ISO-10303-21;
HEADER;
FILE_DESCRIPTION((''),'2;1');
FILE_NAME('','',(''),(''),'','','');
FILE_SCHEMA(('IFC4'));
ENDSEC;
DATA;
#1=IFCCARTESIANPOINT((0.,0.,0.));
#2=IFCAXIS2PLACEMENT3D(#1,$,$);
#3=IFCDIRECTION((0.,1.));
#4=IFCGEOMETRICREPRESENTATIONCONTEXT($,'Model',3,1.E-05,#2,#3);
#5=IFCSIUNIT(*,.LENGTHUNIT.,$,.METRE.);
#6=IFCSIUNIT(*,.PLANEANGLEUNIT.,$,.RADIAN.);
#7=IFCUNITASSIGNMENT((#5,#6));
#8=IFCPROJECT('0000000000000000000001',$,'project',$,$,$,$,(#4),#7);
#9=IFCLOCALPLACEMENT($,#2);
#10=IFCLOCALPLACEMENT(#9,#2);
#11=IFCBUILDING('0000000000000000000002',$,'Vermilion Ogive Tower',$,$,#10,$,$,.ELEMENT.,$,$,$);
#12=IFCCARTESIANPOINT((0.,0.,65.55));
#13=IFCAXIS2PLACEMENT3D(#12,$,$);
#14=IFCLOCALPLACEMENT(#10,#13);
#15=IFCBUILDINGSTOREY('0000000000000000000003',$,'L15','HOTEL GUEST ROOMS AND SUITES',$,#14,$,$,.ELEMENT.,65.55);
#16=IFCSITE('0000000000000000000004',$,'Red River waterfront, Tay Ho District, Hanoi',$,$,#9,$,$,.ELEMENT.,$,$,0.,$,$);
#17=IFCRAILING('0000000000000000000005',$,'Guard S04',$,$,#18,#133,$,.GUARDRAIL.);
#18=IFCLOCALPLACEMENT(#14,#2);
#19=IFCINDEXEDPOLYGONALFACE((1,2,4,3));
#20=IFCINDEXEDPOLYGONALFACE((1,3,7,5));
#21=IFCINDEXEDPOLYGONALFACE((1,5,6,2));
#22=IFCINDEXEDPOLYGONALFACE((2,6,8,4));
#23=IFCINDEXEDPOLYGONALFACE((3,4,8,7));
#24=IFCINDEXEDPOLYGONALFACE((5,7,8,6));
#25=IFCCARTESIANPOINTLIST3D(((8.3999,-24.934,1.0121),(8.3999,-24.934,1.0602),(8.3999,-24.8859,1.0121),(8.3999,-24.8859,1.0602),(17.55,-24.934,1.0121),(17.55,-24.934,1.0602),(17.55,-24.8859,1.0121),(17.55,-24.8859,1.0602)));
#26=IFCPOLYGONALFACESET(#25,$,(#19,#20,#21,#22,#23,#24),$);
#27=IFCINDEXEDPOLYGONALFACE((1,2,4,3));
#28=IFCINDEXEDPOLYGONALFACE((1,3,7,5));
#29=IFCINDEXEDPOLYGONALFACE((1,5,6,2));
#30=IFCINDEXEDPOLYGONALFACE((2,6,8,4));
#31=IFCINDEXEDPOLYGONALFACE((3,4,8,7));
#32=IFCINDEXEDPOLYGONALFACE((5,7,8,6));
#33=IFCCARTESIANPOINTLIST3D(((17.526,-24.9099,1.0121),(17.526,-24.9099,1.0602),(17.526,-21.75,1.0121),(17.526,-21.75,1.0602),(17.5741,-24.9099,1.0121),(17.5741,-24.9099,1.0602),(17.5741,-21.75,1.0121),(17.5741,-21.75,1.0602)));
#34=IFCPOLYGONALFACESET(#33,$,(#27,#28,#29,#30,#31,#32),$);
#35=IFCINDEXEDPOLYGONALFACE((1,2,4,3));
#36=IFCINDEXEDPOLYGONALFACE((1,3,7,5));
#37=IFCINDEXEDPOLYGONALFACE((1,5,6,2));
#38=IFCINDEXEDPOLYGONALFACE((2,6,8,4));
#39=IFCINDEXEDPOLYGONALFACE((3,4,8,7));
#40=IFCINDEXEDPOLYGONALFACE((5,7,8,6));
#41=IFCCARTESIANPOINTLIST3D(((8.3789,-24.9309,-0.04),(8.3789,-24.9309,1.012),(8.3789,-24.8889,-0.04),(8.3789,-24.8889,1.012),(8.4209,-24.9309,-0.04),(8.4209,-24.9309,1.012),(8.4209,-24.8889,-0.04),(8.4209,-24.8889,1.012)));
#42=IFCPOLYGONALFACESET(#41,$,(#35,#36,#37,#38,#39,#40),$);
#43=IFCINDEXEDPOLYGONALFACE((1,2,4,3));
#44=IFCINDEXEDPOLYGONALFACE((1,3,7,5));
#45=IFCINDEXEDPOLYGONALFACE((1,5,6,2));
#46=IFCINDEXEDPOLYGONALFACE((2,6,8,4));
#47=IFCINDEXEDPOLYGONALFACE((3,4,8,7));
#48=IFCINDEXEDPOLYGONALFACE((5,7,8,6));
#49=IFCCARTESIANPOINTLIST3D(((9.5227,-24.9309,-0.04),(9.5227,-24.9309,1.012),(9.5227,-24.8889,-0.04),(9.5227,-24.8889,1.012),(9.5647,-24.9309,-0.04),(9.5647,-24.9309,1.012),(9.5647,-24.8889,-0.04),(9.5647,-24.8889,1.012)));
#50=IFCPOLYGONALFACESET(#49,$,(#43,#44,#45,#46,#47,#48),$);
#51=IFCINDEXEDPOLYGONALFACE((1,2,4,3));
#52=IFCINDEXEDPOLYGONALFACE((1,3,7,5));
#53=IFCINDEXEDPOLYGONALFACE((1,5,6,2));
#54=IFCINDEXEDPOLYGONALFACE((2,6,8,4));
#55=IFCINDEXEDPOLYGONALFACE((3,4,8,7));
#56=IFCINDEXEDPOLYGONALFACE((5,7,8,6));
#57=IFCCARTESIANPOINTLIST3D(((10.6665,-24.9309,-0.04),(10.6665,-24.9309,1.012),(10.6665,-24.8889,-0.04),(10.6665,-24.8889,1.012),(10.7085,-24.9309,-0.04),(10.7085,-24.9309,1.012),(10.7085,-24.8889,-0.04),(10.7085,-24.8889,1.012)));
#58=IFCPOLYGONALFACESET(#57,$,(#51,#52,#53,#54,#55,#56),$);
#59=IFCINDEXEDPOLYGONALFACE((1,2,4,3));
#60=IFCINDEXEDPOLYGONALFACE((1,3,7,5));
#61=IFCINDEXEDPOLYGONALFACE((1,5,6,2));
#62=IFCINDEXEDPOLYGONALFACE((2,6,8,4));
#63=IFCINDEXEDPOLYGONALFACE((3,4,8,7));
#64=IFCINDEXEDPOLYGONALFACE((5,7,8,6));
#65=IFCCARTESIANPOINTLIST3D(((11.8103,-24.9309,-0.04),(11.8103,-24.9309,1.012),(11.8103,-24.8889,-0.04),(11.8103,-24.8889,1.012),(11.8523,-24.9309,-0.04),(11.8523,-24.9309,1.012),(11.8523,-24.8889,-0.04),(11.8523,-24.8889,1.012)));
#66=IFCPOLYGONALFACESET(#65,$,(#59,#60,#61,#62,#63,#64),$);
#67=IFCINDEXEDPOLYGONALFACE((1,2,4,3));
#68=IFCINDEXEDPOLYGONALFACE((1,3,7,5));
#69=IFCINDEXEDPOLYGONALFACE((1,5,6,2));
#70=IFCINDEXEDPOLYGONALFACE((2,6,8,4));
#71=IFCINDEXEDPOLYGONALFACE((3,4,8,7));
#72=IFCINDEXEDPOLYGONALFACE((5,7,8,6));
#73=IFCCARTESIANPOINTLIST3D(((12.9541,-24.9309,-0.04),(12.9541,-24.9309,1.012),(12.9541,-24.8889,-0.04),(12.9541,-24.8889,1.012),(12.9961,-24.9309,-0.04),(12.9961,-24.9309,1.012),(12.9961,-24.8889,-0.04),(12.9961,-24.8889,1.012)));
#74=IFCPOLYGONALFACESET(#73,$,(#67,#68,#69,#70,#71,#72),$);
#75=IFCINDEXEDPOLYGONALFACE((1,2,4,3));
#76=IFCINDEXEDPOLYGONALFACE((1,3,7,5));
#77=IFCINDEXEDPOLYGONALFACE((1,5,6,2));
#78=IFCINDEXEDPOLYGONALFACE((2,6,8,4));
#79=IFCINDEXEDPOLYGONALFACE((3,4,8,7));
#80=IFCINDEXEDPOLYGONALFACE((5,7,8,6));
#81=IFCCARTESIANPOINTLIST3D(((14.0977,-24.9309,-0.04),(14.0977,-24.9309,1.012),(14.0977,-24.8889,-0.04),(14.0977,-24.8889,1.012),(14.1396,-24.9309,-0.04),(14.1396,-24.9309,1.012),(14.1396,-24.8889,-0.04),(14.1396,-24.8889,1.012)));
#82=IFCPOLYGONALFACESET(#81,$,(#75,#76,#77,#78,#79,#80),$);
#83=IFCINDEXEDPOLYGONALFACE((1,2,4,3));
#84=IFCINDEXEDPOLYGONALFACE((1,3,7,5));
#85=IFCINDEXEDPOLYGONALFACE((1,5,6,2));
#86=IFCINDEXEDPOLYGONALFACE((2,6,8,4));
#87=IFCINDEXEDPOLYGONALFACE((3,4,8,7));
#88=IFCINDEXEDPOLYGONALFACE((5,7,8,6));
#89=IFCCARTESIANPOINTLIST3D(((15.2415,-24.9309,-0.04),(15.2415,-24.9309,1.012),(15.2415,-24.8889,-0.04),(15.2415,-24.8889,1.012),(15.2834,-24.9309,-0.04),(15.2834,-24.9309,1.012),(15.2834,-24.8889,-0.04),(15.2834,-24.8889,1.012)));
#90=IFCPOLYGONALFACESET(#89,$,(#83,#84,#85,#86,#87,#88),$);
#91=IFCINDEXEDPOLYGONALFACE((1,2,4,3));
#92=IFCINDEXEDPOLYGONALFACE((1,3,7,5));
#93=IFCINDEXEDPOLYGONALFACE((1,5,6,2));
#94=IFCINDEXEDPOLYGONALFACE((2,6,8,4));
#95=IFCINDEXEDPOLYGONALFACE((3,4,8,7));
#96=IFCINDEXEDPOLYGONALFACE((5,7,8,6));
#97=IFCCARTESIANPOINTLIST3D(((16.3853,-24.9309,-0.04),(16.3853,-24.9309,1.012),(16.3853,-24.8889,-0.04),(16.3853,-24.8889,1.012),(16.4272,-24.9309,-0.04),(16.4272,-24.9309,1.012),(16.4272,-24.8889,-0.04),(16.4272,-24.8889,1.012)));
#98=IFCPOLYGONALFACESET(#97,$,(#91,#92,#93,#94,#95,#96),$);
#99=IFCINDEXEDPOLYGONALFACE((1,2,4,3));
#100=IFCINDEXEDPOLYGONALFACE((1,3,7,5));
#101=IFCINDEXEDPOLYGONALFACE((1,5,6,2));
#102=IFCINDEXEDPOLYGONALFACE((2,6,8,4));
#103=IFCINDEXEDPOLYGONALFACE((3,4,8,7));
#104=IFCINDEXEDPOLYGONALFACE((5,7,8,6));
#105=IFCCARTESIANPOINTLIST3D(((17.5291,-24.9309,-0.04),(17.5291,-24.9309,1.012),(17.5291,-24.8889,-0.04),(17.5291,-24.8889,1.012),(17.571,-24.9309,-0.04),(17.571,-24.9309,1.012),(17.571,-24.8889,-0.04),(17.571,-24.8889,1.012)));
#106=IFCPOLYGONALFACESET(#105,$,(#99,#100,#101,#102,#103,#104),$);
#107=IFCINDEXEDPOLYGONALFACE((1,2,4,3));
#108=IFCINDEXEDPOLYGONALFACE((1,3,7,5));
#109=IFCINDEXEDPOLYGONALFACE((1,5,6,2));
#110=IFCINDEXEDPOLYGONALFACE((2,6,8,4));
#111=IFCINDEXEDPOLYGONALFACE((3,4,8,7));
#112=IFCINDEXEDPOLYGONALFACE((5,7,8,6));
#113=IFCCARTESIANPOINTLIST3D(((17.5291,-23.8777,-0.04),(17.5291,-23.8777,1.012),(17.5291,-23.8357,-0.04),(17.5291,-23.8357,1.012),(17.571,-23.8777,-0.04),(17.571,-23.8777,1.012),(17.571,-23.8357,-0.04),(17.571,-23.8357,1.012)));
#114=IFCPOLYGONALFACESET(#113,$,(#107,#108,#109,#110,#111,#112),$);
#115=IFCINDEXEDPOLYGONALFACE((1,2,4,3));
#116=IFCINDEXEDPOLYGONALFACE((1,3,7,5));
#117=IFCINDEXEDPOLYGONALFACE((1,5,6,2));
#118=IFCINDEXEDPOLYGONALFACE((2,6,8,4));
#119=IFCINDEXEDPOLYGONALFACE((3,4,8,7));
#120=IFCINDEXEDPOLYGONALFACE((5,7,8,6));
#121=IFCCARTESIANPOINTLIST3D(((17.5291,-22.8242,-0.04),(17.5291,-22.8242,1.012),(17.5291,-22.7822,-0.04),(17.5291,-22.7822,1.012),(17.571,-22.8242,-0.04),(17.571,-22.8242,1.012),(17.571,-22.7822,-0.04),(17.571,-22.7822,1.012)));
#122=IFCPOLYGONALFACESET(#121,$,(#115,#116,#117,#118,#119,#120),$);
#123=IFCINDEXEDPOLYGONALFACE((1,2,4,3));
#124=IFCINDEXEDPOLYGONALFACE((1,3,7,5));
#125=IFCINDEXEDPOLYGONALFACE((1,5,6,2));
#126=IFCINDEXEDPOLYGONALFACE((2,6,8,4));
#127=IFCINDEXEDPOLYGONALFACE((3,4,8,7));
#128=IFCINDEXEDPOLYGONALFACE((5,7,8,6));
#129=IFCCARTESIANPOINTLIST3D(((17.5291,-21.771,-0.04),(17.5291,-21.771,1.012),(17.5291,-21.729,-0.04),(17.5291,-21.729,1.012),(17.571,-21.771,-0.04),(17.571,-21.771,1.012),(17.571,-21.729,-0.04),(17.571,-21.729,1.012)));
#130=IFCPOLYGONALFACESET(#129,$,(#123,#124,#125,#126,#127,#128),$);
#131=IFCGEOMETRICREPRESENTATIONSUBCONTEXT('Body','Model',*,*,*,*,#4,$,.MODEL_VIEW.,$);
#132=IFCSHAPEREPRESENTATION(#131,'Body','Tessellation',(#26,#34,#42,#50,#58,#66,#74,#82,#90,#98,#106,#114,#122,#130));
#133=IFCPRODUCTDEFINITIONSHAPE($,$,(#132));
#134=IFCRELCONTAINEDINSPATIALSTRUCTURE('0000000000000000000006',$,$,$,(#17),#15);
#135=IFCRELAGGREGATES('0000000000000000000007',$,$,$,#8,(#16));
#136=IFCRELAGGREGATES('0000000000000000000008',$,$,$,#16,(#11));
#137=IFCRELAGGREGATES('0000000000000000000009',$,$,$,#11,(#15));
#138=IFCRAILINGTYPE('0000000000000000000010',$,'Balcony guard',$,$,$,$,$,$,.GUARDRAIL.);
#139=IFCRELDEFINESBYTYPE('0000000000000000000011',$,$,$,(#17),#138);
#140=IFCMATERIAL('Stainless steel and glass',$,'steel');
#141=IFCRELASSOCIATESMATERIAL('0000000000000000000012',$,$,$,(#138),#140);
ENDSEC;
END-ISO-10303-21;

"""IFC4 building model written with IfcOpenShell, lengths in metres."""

from ifc_helpers import new_model, si_unit, direction, frame, origin, origin_2d, place, context, subcontext, project, spatial, rectangle, extrude, material, type_object, element, save


model = new_model("IFC4")

# Units and contexts
model_context = context("Model", 3, precision=1e-05, world=origin(), true_north=direction((0.0, 1.0)))
body_context = subcontext(model_context, "Body", "Model", "MODEL_VIEW")
ifc_project = project(units=[si_unit("LENGTHUNIT", "METRE"), si_unit("PLANEANGLEUNIT", "RADIAN")], contexts=[model_context])

# Site, building, storey
site_placement = place(None, origin())
site = spatial("IfcSite", under=ifc_project, at=site_placement, Name="Red River waterfront, Tay Ho District, Hanoi", CompositionType="ELEMENT", RefElevation=0.0)
building_placement = place(site_placement, origin())
building = spatial("IfcBuilding", under=site, at=building_placement, Name="Vermilion Ogive Tower", CompositionType="ELEMENT")
storey_placement = place(building_placement, frame((0.0, 0.0, 65.55)))
storey = spatial("IfcBuildingStorey", under=building, at=storey_placement, Name="L15", Description="HOTEL GUEST ROOMS AND SUITES", CompositionType="ELEMENT", Elevation=65.55)

# Railing
ifc_material_1 = material(Name="Stainless steel and glass", Category="steel")
railing_type_1 = type_object("IfcRailingType", Name="Balcony guard", PredefinedType="GUARDRAIL", material=ifc_material_1)
railing_1_placement = place(storey_placement, frame((8.3999, -24.9099, -0.04)))
element("IfcRailing", 1, at=railing_1_placement, inside=storey, type_object=railing_type_1, Name="Guard S04", PredefinedType="GUARDRAIL", context=body_context, shape_type="SweptSolid", body=[
    extrude(rectangle(XDim=0.0481, YDim=0.0481, at=origin_2d()), frame((0.0, 0.0, 1.0762), z_axis=(1.0, 0.0, 0.0), x_axis=(0.0, 1.0, 0.0)), (0.0, 0.0, 1.0), 9.1501),
    extrude(rectangle(XDim=0.0481, YDim=0.0481, at=origin_2d()), frame((9.1501, 0.0, 1.0762), z_axis=(0.0, 1.0, 0.0), x_axis=(-1.0, 0.0, 0.0)), (0.0, 0.0, 1.0), 3.1599),
    extrude(rectangle(XDim=0.042, YDim=0.042, at=origin_2d()), origin(), (0.0, 0.0, 1.0), 1.052),
    extrude(rectangle(XDim=0.042, YDim=0.042, at=origin_2d()), frame((1.1438, 0.0, 0.0)), (0.0, 0.0, 1.0), 1.052),
    extrude(rectangle(XDim=0.042, YDim=0.042, at=origin_2d()), frame((2.2876, 0.0, 0.0)), (0.0, 0.0, 1.0), 1.052),
    extrude(rectangle(XDim=0.042, YDim=0.042, at=origin_2d()), frame((3.4314, 0.0, 0.0)), (0.0, 0.0, 1.0), 1.052),
    extrude(rectangle(XDim=0.042, YDim=0.042, at=origin_2d()), frame((4.5752, 0.0, 0.0)), (0.0, 0.0, 1.0), 1.052),
    extrude(rectangle(XDim=0.042, YDim=0.042, at=origin_2d()), frame((5.7188, 0.0, 0.0)), (0.0, 0.0, 1.0), 1.052),
    extrude(rectangle(XDim=0.042, YDim=0.042, at=origin_2d()), frame((6.8625, 0.0, 0.0)), (0.0, 0.0, 1.0), 1.052),
    extrude(rectangle(XDim=0.042, YDim=0.042, at=origin_2d()), frame((8.0063, 0.0, 0.0)), (0.0, 0.0, 1.0), 1.052),
    extrude(rectangle(XDim=0.042, YDim=0.042, at=origin_2d()), frame((9.1501, 0.0, 0.0)), (0.0, 0.0, 1.0), 1.052),
    extrude(rectangle(XDim=0.042, YDim=0.042, at=origin_2d()), frame((9.1501, 1.0532, 0.0)), (0.0, 0.0, 1.0), 1.052),
    extrude(rectangle(XDim=0.042, YDim=0.042, at=origin_2d()), frame((9.1501, 2.1067, 0.0)), (0.0, 0.0, 1.0), 1.052),
    extrude(rectangle(XDim=0.042, YDim=0.042, at=origin_2d()), frame((9.1501, 3.1599, 0.0)), (0.0, 0.0, 1.0), 1.052),
])

save(model, "model.ifc")
